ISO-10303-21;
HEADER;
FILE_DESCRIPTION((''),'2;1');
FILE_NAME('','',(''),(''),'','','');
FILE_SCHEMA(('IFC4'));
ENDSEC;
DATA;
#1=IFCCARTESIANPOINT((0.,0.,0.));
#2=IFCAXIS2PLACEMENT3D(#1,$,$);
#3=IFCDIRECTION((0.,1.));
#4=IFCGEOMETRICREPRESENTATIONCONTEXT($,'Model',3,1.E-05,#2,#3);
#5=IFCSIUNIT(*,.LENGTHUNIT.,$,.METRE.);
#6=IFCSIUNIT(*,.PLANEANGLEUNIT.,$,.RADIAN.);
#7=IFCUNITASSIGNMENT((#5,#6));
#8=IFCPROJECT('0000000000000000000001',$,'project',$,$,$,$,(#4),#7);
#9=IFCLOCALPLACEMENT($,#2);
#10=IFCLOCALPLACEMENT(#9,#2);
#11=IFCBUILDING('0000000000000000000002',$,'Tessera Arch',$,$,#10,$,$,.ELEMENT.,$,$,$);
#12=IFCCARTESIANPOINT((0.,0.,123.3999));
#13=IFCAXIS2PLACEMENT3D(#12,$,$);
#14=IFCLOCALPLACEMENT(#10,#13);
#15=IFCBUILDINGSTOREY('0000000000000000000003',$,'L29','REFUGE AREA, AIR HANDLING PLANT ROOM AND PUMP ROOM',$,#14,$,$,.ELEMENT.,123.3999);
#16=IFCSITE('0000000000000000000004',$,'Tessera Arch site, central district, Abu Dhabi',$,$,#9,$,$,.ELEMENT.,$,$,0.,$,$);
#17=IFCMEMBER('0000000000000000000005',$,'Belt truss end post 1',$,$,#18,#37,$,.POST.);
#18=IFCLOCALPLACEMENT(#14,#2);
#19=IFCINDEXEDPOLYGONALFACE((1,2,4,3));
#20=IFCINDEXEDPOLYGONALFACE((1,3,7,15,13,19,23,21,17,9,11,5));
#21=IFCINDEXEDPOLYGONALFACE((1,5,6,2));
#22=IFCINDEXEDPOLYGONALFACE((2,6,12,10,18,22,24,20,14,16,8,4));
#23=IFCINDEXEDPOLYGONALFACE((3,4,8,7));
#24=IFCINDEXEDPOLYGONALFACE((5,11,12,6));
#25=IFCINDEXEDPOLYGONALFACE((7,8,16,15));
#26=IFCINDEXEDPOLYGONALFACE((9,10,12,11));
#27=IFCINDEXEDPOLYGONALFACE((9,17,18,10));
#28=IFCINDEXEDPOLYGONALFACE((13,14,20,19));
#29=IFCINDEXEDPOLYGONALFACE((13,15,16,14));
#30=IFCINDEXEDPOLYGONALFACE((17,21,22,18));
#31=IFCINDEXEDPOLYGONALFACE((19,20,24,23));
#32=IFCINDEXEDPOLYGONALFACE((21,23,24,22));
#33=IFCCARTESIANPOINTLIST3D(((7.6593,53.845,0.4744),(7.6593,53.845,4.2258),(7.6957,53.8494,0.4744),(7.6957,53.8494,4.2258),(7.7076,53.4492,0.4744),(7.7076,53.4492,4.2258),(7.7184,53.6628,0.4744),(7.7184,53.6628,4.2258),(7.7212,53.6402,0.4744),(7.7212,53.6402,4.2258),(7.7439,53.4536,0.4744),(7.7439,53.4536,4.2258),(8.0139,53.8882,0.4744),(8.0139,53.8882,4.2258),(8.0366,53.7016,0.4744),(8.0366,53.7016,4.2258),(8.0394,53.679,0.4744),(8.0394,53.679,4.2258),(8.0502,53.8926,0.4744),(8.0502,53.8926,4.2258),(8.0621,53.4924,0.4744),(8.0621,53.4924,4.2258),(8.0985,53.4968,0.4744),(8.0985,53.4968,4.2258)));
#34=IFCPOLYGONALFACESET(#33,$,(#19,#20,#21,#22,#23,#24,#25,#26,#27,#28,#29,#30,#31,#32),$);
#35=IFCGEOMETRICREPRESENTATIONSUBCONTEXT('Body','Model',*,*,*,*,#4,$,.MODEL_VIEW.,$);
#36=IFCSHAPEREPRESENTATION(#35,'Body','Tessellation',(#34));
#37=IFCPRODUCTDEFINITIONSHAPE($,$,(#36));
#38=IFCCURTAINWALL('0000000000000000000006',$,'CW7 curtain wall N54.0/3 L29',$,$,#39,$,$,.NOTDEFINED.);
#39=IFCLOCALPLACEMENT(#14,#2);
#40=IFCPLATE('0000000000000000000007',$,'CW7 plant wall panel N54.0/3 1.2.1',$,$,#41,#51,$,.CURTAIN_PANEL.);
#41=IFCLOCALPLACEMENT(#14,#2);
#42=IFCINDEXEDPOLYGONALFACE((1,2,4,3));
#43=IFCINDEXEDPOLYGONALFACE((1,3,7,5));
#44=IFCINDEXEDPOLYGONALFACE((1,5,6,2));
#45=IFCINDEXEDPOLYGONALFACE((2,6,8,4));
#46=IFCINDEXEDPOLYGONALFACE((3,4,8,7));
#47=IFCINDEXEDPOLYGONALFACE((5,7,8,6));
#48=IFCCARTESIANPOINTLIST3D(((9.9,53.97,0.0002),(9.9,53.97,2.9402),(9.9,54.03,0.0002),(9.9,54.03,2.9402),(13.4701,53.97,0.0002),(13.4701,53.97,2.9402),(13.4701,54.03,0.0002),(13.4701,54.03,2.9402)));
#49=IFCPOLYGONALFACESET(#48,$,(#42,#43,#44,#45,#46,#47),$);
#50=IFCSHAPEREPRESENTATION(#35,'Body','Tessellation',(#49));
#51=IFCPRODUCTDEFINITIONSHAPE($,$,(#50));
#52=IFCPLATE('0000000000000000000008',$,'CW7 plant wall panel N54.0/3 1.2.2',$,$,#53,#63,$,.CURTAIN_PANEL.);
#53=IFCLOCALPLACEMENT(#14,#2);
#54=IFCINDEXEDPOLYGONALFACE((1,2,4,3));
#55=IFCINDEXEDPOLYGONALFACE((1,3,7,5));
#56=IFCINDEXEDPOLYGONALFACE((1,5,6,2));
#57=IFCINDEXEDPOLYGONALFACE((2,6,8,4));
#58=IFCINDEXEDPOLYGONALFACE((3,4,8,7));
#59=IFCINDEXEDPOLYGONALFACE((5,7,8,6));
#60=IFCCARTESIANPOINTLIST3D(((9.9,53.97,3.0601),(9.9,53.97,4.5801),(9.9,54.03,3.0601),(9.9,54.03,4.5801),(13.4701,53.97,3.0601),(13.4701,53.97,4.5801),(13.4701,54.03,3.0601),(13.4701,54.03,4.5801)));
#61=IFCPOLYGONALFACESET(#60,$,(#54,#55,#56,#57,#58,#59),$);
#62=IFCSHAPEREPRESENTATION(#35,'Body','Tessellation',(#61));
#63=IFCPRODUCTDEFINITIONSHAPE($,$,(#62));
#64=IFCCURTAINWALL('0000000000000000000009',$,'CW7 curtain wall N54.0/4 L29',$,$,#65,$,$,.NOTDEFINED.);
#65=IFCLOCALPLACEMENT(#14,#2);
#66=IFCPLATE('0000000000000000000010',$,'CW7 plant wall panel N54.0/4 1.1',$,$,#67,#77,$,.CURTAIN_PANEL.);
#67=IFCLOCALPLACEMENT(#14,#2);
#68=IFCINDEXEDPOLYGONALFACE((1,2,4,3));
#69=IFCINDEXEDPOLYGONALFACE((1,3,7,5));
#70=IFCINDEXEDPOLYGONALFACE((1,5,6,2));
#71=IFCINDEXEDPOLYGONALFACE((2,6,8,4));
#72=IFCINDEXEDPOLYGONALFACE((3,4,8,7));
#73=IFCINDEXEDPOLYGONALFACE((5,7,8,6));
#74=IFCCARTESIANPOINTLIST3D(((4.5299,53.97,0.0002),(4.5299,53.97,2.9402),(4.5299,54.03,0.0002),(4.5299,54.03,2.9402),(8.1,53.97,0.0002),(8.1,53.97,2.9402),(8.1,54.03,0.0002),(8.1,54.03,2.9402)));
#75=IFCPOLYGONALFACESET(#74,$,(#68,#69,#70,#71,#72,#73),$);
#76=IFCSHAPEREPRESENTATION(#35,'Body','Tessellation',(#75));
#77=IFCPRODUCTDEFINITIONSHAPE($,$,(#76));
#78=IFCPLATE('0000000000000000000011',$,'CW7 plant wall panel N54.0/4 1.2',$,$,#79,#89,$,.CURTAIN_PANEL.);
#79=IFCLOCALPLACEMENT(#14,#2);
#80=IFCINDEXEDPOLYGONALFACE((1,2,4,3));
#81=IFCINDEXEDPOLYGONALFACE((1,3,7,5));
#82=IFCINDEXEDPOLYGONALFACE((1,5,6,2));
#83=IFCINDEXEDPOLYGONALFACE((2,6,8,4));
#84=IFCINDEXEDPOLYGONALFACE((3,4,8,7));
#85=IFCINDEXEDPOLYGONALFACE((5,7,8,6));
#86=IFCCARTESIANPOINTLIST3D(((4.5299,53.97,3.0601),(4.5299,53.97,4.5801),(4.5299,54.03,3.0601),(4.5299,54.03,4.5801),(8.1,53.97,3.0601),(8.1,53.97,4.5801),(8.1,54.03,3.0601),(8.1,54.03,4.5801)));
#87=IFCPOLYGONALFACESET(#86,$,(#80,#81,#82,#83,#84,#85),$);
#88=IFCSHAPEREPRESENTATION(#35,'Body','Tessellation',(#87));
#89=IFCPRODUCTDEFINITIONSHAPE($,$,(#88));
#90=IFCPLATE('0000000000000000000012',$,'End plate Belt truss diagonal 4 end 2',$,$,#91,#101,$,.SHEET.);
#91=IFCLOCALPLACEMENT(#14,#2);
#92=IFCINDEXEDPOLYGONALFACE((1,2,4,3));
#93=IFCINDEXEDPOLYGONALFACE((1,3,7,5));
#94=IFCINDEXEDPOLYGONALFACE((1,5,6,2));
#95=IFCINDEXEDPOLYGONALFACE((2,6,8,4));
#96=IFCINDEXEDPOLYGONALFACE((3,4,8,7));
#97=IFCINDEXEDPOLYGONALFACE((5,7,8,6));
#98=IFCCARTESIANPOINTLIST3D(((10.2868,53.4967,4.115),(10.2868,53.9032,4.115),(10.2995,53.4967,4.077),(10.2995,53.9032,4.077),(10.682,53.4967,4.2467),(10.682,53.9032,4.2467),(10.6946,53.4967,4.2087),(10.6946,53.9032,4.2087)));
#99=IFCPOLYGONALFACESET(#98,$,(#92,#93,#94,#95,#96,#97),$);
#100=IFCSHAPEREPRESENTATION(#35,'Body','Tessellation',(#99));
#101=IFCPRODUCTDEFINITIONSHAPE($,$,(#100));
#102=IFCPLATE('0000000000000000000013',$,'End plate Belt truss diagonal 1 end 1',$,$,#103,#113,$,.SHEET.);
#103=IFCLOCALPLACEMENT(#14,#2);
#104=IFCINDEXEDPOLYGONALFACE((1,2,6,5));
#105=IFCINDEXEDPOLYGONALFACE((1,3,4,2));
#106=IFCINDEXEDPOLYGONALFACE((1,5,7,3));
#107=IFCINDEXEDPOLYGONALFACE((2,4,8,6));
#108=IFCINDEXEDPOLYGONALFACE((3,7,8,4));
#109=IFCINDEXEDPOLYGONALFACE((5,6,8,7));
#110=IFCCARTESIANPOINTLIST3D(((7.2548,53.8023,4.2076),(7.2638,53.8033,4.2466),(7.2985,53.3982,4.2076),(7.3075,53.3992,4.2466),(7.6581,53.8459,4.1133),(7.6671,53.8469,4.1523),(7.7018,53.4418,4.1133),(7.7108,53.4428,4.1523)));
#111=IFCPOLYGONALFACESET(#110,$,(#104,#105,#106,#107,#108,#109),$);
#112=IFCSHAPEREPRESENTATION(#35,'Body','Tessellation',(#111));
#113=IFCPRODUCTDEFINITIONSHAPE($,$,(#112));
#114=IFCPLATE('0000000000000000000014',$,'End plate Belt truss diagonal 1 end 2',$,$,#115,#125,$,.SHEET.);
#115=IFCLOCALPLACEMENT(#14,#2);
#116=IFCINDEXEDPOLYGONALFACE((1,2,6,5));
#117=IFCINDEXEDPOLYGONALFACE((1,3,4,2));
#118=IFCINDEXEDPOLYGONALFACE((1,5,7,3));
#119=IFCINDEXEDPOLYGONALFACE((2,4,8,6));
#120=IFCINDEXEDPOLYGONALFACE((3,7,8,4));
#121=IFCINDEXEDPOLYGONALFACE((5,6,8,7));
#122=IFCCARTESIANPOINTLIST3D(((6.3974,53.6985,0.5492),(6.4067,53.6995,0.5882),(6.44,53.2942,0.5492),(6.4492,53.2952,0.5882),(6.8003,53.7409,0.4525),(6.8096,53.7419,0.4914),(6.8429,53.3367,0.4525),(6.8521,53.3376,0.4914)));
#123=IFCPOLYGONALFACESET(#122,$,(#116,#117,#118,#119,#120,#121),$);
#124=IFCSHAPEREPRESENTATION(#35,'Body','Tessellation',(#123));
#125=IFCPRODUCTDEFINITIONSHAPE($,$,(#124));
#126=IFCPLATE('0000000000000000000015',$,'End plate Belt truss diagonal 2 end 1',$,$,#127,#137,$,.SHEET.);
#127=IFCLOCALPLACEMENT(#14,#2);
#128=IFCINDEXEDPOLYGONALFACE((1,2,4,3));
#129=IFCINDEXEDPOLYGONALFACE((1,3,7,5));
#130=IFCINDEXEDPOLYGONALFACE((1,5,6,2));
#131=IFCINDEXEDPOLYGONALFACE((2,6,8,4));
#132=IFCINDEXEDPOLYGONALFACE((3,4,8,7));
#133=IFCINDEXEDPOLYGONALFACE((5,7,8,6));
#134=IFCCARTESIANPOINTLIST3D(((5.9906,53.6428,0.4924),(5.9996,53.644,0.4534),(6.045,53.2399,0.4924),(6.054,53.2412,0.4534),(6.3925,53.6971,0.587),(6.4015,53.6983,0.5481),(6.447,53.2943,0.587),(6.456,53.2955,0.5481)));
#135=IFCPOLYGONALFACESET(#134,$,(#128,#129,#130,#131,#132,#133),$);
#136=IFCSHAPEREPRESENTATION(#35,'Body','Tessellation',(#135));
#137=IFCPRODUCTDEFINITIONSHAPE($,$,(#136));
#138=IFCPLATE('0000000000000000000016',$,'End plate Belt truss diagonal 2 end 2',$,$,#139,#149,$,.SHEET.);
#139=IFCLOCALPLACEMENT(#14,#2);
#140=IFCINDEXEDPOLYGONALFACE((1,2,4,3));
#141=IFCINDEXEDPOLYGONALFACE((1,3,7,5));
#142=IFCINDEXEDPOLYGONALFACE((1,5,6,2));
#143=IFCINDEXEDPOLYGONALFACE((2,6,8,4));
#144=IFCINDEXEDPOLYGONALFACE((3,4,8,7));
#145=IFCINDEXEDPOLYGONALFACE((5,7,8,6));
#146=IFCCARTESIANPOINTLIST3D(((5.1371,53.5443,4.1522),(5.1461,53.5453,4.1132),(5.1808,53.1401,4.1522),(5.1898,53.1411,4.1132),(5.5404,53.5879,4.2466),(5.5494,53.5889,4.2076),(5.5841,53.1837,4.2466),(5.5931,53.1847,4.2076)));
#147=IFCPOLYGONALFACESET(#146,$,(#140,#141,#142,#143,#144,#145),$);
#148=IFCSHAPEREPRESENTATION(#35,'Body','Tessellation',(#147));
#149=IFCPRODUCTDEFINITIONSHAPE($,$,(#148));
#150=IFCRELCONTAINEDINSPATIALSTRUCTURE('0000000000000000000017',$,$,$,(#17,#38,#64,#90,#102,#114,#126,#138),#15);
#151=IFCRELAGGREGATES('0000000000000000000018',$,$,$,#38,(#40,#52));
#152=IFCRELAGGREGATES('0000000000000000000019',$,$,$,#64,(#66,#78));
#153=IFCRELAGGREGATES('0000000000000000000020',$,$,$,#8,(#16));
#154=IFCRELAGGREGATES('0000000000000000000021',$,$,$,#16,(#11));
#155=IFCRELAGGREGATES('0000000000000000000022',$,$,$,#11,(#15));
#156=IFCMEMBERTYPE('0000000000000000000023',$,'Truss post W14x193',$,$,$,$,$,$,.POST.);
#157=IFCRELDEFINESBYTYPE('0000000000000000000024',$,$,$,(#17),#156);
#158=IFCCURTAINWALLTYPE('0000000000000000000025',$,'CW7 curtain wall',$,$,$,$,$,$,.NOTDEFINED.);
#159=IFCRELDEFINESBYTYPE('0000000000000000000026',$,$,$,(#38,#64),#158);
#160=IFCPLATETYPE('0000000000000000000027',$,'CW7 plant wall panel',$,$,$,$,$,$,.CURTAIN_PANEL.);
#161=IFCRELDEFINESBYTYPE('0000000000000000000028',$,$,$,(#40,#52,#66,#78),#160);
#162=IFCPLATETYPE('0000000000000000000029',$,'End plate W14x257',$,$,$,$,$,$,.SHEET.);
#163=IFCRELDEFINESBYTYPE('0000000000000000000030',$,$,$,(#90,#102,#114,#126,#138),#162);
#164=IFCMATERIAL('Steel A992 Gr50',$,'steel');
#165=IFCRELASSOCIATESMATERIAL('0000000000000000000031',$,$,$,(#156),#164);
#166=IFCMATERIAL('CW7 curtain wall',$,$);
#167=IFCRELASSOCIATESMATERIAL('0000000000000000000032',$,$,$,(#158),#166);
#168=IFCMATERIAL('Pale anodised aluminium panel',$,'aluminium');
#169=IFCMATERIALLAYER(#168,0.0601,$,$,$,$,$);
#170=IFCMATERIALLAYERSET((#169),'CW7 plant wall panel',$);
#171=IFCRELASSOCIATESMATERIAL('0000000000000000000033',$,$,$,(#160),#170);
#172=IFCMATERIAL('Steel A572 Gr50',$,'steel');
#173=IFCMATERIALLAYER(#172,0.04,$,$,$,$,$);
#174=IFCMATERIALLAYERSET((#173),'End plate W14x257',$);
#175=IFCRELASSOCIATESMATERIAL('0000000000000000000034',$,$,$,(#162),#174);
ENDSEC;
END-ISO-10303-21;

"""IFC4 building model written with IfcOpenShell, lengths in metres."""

from ifc_helpers import new_model, si_unit, direction, frame, origin, origin_2d, place, context, subcontext, project, spatial, rectangle, i_section, extrude, material, layer, layer_set, material_profile, profile_set, type_object, element, aggregate, save


model = new_model("IFC4")

# Units and contexts
model_context = context("Model", 3, precision=1e-05, world=origin(), true_north=direction((0.0, 1.0)))
body_context = subcontext(model_context, "Body", "Model", "MODEL_VIEW")
ifc_project = project(units=[si_unit("LENGTHUNIT", "METRE"), si_unit("PLANEANGLEUNIT", "RADIAN")], contexts=[model_context])

# Site, building, storey
site_placement = place(None, origin())
site = spatial("IfcSite", under=ifc_project, at=site_placement, Name="Tessera Arch site, central district, Abu Dhabi", CompositionType="ELEMENT", RefElevation=0.0)
building_placement = place(site_placement, origin())
building = spatial("IfcBuilding", under=site, at=building_placement, Name="Tessera Arch", CompositionType="ELEMENT")
storey_placement = place(building_placement, frame((0.0, 0.0, 123.3999)))
storey = spatial("IfcBuildingStorey", under=building, at=storey_placement, Name="L29", Description="REFUGE AREA, AIR HANDLING PLANT ROOM AND PUMP ROOM", CompositionType="ELEMENT", Elevation=123.3999)

# Member
ifc_material_1 = material(Name="Steel A992 Gr50", Category="steel")
ifc_material_profile_1 = material_profile(ifc_material_1, i_section(OverallWidth=0.3987, OverallDepth=0.3938, WebThickness=0.0227, FlangeThickness=0.0366, at=origin_2d()), Name="W14x193")
ifc_profile_set_1 = profile_set([ifc_material_profile_1], Name="Steel A992 Gr50")
member_type_1 = type_object("IfcMemberType", Name="Truss post W14x193", PredefinedType="POST", material=ifc_profile_set_1)
for number, where, z_axis, x_axis, name in (
    (1, (7.8789, 53.6709, 0.4744), (0.0, 0.0, 1.0), (-0.120952, 0.992658, 0.0), "Belt truss end post 1"),
):
    element("IfcMember", number, at=place(storey_placement, frame(where, z_axis=z_axis, x_axis=x_axis)), inside=storey, type_object=member_type_1, Name=name, PredefinedType="POST", context=body_context, shape_type="SweptSolid", body=[
        extrude(i_section(OverallWidth=0.3987, OverallDepth=0.3938, WebThickness=0.0227, FlangeThickness=0.0366, at=origin_2d()), origin(), (0.0, 0.0, 1.0), 3.7515),
    ])

# Curtain walls, plates
ifc_material_2 = material(Name="CW7 curtain wall")
curtain_wall_type = type_object("IfcCurtainWallType", Name="CW7 curtain wall", PredefinedType="NOTDEFINED", material=ifc_material_2)
curtain_wall_1_placement = place(storey_placement, origin())
curtain_wall_1 = element("IfcCurtainWall", 2, at=curtain_wall_1_placement, inside=storey, type_object=curtain_wall_type, Name="CW7 curtain wall N54.0/3 L29", PredefinedType="NOTDEFINED")
ifc_material_3 = material(Name="Pale anodised aluminium panel", Category="aluminium")
ifc_layer_1 = layer(ifc_material_3, 0.0601)
ifc_layer_set_1 = layer_set([ifc_layer_1], Name="CW7 plant wall panel")
plate_type_1 = type_object("IfcPlateType", Name="CW7 plant wall panel", PredefinedType="CURTAIN_PANEL", material=ifc_layer_set_1)
plate_1_placement = place(storey_placement, frame((11.6851, 54.0, 0.0002), z_axis=(0.0, 0.0, 1.0), x_axis=(-1.0, 0.0, 0.0)))
plate_1 = element("IfcPlate", 3, at=plate_1_placement, type_object=plate_type_1, Name="CW7 plant wall panel N54.0/3 1.2.1", PredefinedType="CURTAIN_PANEL", context=body_context, shape_type="SweptSolid", body=[
    extrude(rectangle(XDim=3.5701, YDim=0.0601, at=origin_2d()), origin(), (0.0, 0.0, 1.0), 2.9399),
])
plate_2_placement = place(storey_placement, frame((11.6851, 54.0, 3.0601), z_axis=(0.0, 0.0, 1.0), x_axis=(-1.0, 0.0, 0.0)))
plate_2 = element("IfcPlate", 4, at=plate_2_placement, type_object=plate_type_1, Name="CW7 plant wall panel N54.0/3 1.2.2", PredefinedType="CURTAIN_PANEL", context=body_context, shape_type="SweptSolid", body=[
    extrude(rectangle(XDim=3.5701, YDim=0.0601, at=origin_2d()), origin(), (0.0, 0.0, 1.0), 1.52),
])
aggregate(curtain_wall_1, [plate_1, plate_2])
curtain_wall_2_placement = place(storey_placement, origin())
curtain_wall_2 = element("IfcCurtainWall", 5, at=curtain_wall_2_placement, inside=storey, type_object=curtain_wall_type, Name="CW7 curtain wall N54.0/4 L29", PredefinedType="NOTDEFINED")
plate_3_placement = place(storey_placement, frame((6.3149, 54.0, 0.0002), z_axis=(0.0, 0.0, 1.0), x_axis=(-1.0, 0.0, 0.0)))
plate_3 = element("IfcPlate", 6, at=plate_3_placement, type_object=plate_type_1, Name="CW7 plant wall panel N54.0/4 1.1", PredefinedType="CURTAIN_PANEL", context=body_context, shape_type="SweptSolid", body=[
    extrude(rectangle(XDim=3.5701, YDim=0.0601, at=origin_2d()), origin(), (0.0, 0.0, 1.0), 2.9399),
])
plate_4_placement = place(storey_placement, frame((6.3149, 54.0, 3.0601), z_axis=(0.0, 0.0, 1.0), x_axis=(-1.0, 0.0, 0.0)))
plate_4 = element("IfcPlate", 7, at=plate_4_placement, type_object=plate_type_1, Name="CW7 plant wall panel N54.0/4 1.2", PredefinedType="CURTAIN_PANEL", context=body_context, shape_type="SweptSolid", body=[
    extrude(rectangle(XDim=3.5701, YDim=0.0601, at=origin_2d()), origin(), (0.0, 0.0, 1.0), 1.52),
])
aggregate(curtain_wall_2, [plate_3, plate_4])

# Plates
ifc_material_4 = material(Name="Steel A572 Gr50", Category="steel")
ifc_layer_2 = layer(ifc_material_4, 0.04)
ifc_layer_set_2 = layer_set([ifc_layer_2], Name="End plate W14x257")
plate_type_2 = type_object("IfcPlateType", Name="End plate W14x257", PredefinedType="SHEET", material=ifc_layer_set_2)
for number, where, z_axis, x_axis, name in (
    (8, (10.4971, 53.7, 4.1428), (-0.316228, 0.0, 0.948683), (0.0, -1.0, 0.0), "End plate Belt truss diagonal 4 end 2"),
    (9, (7.4873, 53.623, 4.1995), (-0.225237, -0.02435, -0.974), (0.107482, -0.994207, 0.0), "End plate Belt truss diagonal 1 end 1"),
    (10, (6.6294, 53.5186, 0.5398), (-0.231004, -0.024316, -0.972649), (0.104685, -0.994505, 0.0), "End plate Belt truss diagonal 1 end 2"),
    (11, (6.2278, 53.4697, 0.5007), (-0.2252, -0.030432, 0.973837), (0.133918, -0.990992, 0.0), "End plate Belt truss diagonal 2 end 1"),
    (12, (5.3696, 53.365, 4.1604), (-0.225237, -0.02435, 0.974), (0.107482, -0.994207, 0.0), "End plate Belt truss diagonal 2 end 2"),
):
    element("IfcPlate", number, at=place(storey_placement, frame(where, z_axis=z_axis, x_axis=x_axis)), inside=storey, type_object=plate_type_2, Name=name, PredefinedType="SHEET", context=body_context, shape_type="SweptSolid", body=[
        extrude(rectangle(XDim=0.4065, YDim=0.4165, at=origin_2d()), origin(), (0.0, 0.0, 1.0), 0.04),
    ])

save(model, "model.ifc")
